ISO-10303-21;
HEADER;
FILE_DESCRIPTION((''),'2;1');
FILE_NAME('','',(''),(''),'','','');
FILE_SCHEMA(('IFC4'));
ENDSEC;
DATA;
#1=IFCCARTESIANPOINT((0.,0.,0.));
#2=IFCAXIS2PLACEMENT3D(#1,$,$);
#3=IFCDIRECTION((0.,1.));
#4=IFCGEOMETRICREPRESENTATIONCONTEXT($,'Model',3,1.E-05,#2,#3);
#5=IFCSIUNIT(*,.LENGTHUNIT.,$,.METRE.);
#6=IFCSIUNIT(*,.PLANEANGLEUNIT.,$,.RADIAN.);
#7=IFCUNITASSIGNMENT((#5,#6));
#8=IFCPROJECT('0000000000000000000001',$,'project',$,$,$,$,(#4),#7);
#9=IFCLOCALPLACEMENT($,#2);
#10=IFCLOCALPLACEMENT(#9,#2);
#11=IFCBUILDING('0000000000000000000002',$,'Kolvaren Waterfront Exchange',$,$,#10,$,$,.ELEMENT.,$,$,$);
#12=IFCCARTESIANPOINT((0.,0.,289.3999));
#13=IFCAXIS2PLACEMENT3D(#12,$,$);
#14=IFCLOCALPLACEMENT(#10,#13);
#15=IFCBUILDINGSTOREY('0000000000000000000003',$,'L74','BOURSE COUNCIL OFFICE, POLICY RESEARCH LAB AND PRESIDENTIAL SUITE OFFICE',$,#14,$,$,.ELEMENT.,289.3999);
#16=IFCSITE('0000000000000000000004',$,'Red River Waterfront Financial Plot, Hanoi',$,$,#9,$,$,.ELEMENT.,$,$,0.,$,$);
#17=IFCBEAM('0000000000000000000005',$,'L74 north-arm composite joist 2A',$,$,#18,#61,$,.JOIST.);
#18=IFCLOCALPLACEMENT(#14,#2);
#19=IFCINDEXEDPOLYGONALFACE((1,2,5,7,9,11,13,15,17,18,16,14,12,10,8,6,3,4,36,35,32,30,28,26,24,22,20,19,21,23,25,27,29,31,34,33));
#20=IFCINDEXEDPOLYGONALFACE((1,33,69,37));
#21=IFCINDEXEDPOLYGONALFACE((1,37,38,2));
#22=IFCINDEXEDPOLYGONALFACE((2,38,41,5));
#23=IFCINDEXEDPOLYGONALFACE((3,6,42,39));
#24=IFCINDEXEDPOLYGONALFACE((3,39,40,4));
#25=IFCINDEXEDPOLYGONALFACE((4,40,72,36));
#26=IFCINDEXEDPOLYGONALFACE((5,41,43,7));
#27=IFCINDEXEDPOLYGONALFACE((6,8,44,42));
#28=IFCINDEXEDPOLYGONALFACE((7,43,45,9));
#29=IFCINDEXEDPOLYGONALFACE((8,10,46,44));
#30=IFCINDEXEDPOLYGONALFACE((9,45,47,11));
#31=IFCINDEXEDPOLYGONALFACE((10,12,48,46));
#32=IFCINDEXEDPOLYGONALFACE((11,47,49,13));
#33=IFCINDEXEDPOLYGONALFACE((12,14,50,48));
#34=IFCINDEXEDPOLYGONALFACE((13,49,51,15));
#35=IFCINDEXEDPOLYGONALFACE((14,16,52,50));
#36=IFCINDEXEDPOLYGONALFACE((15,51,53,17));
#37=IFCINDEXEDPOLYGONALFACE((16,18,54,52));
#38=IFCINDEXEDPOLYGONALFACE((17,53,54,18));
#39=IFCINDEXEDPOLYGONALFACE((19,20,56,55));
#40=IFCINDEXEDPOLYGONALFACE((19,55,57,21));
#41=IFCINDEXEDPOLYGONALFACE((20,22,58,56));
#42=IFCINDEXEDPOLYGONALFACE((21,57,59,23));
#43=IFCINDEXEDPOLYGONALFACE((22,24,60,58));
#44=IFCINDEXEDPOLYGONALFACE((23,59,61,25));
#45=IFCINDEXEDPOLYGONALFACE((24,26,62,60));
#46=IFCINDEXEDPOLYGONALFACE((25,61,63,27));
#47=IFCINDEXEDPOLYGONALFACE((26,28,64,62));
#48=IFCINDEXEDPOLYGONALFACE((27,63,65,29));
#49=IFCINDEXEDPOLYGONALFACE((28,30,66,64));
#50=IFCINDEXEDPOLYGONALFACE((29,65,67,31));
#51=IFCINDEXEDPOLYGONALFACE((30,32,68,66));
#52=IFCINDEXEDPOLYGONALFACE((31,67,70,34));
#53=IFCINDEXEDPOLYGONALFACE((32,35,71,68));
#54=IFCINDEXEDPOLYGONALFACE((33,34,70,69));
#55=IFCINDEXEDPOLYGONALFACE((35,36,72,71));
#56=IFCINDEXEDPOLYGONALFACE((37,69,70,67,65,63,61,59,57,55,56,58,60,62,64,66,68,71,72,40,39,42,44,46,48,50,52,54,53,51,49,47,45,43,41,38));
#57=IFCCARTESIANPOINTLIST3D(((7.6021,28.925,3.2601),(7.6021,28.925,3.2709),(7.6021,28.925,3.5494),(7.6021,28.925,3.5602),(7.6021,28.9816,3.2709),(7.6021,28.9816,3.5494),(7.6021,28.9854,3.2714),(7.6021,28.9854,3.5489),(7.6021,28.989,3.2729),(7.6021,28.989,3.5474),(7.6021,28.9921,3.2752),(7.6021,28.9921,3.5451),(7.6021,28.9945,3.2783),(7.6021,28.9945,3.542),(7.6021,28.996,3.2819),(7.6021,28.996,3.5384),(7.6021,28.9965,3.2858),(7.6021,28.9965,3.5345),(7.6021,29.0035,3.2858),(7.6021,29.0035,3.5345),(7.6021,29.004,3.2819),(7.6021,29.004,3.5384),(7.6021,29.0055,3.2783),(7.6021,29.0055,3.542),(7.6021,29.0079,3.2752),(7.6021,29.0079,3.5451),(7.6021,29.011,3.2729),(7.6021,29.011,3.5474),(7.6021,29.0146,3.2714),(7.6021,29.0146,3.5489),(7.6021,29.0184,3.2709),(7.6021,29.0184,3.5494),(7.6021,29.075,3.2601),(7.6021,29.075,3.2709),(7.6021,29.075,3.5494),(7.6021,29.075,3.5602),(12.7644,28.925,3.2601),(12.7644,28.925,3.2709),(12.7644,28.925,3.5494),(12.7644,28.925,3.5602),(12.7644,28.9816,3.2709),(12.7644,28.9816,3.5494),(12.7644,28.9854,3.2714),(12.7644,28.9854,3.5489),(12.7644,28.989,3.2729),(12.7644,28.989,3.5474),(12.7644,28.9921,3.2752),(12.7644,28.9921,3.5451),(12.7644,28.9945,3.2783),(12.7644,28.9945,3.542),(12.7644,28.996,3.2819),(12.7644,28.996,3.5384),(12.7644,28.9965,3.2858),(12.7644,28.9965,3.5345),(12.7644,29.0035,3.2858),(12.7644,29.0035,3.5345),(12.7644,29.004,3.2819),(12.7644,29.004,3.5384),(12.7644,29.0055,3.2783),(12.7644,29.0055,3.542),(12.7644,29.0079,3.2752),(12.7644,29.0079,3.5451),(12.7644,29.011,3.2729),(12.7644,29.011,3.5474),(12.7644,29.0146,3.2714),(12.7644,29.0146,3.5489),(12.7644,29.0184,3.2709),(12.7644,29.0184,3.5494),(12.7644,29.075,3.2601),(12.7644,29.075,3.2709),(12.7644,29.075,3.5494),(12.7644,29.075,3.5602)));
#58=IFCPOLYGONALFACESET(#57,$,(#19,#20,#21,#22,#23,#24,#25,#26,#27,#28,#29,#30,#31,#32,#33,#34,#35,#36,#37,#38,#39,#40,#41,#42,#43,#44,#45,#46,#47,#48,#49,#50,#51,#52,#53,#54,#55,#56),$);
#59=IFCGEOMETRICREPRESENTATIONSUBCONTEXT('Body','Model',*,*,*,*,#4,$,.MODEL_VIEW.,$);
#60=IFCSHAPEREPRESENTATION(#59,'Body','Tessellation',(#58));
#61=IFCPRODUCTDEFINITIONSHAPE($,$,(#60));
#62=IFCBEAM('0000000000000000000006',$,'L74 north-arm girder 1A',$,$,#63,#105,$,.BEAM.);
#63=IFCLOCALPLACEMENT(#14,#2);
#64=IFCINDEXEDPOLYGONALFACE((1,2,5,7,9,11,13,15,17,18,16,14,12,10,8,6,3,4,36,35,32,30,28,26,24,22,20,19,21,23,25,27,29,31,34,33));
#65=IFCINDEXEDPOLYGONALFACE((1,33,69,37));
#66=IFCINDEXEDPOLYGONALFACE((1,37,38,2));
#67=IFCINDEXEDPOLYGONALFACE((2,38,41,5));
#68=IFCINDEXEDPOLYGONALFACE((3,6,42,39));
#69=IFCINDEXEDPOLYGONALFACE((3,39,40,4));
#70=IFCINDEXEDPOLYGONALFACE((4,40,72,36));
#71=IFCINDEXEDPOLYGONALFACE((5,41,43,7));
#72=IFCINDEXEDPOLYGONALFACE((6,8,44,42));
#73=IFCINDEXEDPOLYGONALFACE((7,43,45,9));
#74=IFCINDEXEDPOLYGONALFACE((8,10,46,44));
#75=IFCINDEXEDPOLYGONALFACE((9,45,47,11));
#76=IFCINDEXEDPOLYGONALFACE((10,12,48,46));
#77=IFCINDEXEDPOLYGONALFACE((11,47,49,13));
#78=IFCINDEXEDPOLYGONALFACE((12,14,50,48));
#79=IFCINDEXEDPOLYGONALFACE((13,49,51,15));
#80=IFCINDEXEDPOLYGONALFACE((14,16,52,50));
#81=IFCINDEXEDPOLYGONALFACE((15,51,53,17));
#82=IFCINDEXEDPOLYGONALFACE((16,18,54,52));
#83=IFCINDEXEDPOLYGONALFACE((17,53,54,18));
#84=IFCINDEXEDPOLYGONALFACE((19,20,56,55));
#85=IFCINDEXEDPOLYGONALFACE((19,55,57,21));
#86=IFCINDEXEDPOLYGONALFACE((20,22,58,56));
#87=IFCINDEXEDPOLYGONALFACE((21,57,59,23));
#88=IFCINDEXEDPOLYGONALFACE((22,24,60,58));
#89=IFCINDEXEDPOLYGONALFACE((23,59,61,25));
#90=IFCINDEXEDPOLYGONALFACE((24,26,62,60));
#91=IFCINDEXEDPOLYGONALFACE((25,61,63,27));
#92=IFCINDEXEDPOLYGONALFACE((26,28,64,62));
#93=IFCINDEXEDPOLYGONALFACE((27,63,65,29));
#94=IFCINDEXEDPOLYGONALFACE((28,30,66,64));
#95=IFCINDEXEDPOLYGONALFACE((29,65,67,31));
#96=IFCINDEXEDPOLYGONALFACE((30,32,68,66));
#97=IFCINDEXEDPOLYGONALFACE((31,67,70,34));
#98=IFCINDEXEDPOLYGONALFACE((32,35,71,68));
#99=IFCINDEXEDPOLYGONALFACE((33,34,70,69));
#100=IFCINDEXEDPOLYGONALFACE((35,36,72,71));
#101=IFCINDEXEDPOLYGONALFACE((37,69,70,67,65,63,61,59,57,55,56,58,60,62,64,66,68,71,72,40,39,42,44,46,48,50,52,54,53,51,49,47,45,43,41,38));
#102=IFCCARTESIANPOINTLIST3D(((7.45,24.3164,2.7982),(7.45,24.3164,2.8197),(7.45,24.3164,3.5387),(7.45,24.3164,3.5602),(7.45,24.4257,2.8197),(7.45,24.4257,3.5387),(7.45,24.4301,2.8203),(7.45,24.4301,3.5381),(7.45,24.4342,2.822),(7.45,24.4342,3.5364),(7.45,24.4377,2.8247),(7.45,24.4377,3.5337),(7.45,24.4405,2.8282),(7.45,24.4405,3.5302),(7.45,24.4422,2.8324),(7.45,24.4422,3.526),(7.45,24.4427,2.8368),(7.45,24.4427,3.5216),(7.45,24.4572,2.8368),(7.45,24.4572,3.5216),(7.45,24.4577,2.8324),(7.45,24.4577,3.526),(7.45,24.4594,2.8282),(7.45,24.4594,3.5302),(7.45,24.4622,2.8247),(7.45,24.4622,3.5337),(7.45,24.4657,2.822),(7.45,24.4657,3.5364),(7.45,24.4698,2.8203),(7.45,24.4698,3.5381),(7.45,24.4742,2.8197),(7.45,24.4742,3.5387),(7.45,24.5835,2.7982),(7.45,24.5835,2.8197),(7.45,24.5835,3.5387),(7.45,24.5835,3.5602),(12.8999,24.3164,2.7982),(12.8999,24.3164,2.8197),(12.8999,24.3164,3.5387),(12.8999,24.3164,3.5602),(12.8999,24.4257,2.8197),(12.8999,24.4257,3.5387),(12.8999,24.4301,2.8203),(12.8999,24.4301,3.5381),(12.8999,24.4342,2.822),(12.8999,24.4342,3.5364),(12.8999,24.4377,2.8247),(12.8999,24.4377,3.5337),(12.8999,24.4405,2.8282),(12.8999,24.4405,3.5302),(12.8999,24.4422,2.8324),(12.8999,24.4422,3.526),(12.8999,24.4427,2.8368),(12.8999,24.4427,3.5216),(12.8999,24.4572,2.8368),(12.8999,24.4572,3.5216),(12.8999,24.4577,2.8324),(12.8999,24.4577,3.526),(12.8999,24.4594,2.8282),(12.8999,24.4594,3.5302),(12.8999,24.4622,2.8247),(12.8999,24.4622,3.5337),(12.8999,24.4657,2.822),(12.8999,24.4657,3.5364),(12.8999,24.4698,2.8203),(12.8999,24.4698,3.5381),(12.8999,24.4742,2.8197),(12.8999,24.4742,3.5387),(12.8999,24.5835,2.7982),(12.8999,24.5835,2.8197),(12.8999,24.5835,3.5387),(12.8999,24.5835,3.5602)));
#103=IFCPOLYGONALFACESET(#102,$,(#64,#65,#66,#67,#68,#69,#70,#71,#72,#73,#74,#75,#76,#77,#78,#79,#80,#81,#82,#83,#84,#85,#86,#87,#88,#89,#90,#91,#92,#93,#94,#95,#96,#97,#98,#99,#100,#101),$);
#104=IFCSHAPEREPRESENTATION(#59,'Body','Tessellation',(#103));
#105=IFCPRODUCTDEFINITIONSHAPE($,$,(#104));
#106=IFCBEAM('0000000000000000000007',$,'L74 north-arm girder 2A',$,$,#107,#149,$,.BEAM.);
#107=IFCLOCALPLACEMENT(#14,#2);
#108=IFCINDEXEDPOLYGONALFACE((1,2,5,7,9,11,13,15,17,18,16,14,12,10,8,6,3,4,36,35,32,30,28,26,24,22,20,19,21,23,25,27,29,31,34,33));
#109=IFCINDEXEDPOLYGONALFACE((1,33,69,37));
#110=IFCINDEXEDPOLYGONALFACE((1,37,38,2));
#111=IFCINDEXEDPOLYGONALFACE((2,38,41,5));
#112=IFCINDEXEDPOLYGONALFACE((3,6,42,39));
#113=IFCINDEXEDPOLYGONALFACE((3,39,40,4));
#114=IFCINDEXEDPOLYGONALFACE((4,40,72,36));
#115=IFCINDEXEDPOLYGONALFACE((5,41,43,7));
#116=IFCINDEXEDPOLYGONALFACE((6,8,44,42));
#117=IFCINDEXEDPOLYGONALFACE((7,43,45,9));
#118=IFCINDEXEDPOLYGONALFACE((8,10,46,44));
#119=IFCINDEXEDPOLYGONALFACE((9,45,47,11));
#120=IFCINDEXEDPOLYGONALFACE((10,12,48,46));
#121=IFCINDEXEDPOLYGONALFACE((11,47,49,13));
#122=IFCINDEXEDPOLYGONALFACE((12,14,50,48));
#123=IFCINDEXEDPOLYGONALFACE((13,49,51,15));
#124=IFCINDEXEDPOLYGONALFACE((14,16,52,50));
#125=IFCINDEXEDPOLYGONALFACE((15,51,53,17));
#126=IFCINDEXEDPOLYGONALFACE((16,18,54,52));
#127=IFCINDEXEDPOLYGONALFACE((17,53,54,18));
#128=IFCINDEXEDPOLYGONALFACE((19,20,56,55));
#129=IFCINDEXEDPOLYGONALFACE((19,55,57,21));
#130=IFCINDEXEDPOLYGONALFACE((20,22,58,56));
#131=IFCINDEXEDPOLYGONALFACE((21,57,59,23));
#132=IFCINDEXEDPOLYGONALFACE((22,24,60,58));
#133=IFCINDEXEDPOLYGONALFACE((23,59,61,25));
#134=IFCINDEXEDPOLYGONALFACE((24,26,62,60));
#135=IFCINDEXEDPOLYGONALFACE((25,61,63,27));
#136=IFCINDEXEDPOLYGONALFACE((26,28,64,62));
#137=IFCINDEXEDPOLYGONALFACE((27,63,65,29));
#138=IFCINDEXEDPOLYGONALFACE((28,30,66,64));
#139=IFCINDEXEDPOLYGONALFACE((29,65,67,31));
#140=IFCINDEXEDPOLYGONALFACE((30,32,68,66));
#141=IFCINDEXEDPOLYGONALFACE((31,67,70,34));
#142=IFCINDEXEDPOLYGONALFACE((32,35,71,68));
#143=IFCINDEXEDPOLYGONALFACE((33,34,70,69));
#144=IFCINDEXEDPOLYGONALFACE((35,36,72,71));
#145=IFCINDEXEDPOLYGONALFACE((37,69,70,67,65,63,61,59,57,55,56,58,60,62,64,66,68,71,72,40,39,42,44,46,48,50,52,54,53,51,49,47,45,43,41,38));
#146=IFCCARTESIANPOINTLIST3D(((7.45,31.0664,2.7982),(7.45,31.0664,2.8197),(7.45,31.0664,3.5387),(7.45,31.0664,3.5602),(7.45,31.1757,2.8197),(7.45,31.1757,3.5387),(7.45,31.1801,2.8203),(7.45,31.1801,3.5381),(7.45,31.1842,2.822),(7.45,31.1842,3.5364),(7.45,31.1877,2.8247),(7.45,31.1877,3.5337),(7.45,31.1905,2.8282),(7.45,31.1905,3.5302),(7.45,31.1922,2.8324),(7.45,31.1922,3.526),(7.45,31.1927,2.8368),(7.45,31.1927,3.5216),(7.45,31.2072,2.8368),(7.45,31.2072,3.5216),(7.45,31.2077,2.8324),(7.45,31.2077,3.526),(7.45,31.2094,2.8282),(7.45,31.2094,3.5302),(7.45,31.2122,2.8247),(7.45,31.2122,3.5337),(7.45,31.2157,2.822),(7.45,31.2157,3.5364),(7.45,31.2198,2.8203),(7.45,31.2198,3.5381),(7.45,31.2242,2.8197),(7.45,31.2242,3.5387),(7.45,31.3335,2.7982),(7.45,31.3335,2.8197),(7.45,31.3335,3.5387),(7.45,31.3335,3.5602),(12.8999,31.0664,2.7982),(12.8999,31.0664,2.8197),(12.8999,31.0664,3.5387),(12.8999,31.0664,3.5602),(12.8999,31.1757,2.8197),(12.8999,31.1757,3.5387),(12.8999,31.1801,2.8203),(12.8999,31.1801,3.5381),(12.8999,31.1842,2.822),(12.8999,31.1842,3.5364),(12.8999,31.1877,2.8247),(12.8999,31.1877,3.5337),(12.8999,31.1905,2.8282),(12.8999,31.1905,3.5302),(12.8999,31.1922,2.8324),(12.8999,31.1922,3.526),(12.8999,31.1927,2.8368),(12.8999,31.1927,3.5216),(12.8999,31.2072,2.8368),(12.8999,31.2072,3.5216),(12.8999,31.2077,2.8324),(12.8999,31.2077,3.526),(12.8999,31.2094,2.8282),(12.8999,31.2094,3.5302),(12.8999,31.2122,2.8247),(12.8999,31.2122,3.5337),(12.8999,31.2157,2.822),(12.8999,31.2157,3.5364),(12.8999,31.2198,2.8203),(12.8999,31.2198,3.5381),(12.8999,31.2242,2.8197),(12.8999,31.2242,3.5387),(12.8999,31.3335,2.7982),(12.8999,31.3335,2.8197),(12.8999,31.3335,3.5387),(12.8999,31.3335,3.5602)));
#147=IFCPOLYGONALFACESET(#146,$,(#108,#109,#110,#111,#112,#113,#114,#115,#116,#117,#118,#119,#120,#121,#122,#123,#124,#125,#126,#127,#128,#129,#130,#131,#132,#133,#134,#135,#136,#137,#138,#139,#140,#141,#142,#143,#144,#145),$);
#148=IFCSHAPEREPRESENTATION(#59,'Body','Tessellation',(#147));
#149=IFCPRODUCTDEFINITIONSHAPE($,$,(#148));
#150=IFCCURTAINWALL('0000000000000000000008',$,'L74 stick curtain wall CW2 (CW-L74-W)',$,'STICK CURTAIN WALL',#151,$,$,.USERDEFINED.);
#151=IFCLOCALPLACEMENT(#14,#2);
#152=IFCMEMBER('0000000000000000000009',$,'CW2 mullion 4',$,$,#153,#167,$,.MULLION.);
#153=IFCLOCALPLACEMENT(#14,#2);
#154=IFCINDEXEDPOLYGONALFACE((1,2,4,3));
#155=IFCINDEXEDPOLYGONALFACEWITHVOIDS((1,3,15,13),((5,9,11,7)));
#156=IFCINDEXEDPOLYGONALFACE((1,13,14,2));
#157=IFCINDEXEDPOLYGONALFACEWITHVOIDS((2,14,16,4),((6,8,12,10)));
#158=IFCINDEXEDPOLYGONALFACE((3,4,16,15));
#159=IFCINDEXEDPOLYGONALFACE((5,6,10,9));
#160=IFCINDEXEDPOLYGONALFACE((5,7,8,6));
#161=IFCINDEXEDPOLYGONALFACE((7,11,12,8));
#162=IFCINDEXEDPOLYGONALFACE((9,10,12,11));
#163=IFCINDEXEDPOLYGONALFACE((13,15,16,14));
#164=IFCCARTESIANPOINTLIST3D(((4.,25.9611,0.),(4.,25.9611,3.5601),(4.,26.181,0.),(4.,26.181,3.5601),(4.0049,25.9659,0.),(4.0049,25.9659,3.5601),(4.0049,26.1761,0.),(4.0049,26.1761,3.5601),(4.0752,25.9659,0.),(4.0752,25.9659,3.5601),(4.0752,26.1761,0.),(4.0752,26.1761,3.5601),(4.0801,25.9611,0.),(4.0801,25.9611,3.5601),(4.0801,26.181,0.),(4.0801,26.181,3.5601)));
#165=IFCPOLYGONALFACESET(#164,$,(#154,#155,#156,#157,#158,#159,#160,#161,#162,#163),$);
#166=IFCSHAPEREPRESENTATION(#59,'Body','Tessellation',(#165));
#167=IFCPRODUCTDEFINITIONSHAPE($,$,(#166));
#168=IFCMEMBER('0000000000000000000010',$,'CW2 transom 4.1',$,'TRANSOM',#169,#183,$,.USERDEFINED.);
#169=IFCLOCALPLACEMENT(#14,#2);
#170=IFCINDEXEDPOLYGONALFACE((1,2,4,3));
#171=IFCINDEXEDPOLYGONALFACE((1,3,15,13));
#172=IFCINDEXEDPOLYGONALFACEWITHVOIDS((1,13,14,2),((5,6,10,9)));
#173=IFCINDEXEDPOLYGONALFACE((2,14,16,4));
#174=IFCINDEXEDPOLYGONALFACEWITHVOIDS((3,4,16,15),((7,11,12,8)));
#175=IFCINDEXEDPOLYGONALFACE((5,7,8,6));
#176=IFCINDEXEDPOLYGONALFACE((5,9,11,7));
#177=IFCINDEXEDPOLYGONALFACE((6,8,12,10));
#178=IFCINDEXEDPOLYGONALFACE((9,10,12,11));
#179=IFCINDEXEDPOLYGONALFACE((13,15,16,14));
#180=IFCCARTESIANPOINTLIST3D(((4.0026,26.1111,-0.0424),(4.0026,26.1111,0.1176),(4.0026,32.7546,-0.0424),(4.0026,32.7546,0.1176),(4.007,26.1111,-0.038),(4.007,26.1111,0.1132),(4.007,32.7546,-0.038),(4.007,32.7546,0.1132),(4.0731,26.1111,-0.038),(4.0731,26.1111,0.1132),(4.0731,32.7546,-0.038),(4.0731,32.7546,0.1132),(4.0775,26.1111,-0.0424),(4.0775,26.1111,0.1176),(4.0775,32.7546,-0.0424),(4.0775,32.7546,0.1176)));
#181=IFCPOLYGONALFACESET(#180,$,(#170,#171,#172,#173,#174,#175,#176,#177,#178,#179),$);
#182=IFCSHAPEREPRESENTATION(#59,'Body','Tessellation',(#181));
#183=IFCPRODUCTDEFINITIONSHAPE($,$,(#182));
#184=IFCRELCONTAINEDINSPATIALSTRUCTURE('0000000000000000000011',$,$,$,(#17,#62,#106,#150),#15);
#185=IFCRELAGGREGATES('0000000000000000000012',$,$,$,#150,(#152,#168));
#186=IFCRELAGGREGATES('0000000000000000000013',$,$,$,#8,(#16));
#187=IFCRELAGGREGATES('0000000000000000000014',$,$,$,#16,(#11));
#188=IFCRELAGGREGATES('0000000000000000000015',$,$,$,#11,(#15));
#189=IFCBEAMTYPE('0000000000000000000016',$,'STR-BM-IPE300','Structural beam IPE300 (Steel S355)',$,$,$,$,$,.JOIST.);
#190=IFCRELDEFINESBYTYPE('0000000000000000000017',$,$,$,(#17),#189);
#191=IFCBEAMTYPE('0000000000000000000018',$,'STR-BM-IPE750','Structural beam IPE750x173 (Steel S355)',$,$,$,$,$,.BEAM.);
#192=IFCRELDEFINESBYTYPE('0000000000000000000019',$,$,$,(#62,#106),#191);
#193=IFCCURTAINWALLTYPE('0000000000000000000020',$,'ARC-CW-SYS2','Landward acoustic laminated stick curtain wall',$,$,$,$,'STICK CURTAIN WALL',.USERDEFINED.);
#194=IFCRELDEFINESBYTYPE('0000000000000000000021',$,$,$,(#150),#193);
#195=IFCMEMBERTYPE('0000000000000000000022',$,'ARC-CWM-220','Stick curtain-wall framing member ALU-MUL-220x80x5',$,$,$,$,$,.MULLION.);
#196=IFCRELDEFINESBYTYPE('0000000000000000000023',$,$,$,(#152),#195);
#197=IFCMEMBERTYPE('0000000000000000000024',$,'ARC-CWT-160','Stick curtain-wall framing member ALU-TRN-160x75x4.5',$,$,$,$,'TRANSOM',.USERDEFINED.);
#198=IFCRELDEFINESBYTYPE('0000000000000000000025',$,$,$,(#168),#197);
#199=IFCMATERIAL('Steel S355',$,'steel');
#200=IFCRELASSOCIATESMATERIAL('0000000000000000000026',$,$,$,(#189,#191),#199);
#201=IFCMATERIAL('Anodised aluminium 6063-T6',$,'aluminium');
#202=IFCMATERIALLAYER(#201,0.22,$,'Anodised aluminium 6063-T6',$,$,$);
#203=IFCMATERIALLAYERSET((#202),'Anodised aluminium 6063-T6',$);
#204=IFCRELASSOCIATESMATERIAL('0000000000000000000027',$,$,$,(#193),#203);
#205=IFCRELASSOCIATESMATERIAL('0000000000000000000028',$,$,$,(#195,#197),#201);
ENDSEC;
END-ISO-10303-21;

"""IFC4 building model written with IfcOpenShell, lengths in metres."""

from ifc_helpers import new_model, si_unit, direction, frame, origin, origin_with_axes, origin_2d, place, context, subcontext, project, spatial, hollow_rectangle, i_section, extrude, source, transform, mapped, material, layer, layer_set, material_profile, profile_set, type_object, element, aggregate, save


model = new_model("IFC4")

# Units and contexts
model_context = context("Model", 3, precision=1e-05, world=origin(), true_north=direction((0.0, 1.0)))
body_context = subcontext(model_context, "Body", "Model", "MODEL_VIEW")
ifc_project = project(units=[si_unit("LENGTHUNIT", "METRE"), si_unit("PLANEANGLEUNIT", "RADIAN")], contexts=[model_context])

# Site, building, storey
site_placement = place(None, origin())
site = spatial("IfcSite", under=ifc_project, at=site_placement, Name="Red River Waterfront Financial Plot, Hanoi", CompositionType="ELEMENT", RefElevation=0.0)
building_placement = place(site_placement, origin())
building = spatial("IfcBuilding", under=site, at=building_placement, Name="Kolvaren Waterfront Exchange", CompositionType="ELEMENT")
storey_placement = place(building_placement, frame((0.0, 0.0, 289.3999)))
storey = spatial("IfcBuildingStorey", under=building, at=storey_placement, Name="L74", Description="BOURSE COUNCIL OFFICE, POLICY RESEARCH LAB AND PRESIDENTIAL SUITE OFFICE", CompositionType="ELEMENT", Elevation=289.3999)

# Beams
ifc_material_1 = material(Name="Steel S355", Category="steel")
ifc_material_profile_1 = material_profile(ifc_material_1, i_section(OverallWidth=0.1499, OverallDepth=0.3, WebThickness=0.0071, FlangeThickness=0.0107, FilletRadius=0.0149, at=origin_2d()), Name="IPE300")
ifc_profile_set_1 = profile_set([ifc_material_profile_1], Name="Steel S355")
beam_type_1 = type_object("IfcBeamType", Name="STR-BM-IPE300", Description="Structural beam IPE300 (Steel S355)", PredefinedType="JOIST", material=ifc_profile_set_1)
for number, where, z_axis, x_axis, name in (
    (1, (7.6021, 29.0, 3.4102), (1.0, 0.0, 0.0), (0.0, 1.0, 0.0), "L74 north-arm composite joist 2A"),
):
    element("IfcBeam", number, at=place(storey_placement, frame(where, z_axis=z_axis, x_axis=x_axis)), inside=storey, type_object=beam_type_1, Name=name, PredefinedType="JOIST", context=body_context, shape_type="SweptSolid", body=[
        extrude(i_section(OverallWidth=0.1499, OverallDepth=0.3, WebThickness=0.0071, FlangeThickness=0.0107, FilletRadius=0.0149, at=origin_2d()), origin(), (0.0, 0.0, 1.0), 5.1624),
    ])
ifc_material_profile_2 = material_profile(ifc_material_1, i_section(OverallWidth=0.2671, OverallDepth=0.762, WebThickness=0.0144, FlangeThickness=0.0215, FilletRadius=0.0171, at=origin_2d()), Name="IPE750x173")
ifc_profile_set_2 = profile_set([ifc_material_profile_2], Name="Steel S355")
beam_type_2 = type_object("IfcBeamType", Name="STR-BM-IPE750", Description="Structural beam IPE750x173 (Steel S355)", PredefinedType="BEAM", material=ifc_profile_set_2)
for number, where, z_axis, x_axis, name in (
    (2, (7.45, 24.45, 3.1792), (1.0, 0.0, 0.0), (0.0, 1.0, 0.0), "L74 north-arm girder 1A"),
    (3, (7.45, 31.2, 3.1792), (1.0, 0.0, 0.0), (0.0, 1.0, 0.0), "L74 north-arm girder 2A"),
):
    element("IfcBeam", number, at=place(storey_placement, frame(where, z_axis=z_axis, x_axis=x_axis)), inside=storey, type_object=beam_type_2, Name=name, PredefinedType="BEAM", context=body_context, shape_type="SweptSolid", body=[
        extrude(i_section(OverallWidth=0.2671, OverallDepth=0.762, WebThickness=0.0144, FlangeThickness=0.0215, FilletRadius=0.0171, at=origin_2d()), origin(), (0.0, 0.0, 1.0), 5.45),
    ])

# Curtain wall, members
ifc_material_2 = material(Name="Anodised aluminium 6063-T6", Category="aluminium")
ifc_layer_1 = layer(ifc_material_2, 0.22, Name="Anodised aluminium 6063-T6")
ifc_layer_set_1 = layer_set([ifc_layer_1], Name="Anodised aluminium 6063-T6")
curtain_wall_type = type_object("IfcCurtainWallType", Name="ARC-CW-SYS2", Description="Landward acoustic laminated stick curtain wall", ElementType="STICK CURTAIN WALL", PredefinedType="USERDEFINED", material=ifc_layer_set_1)
curtain_wall_placement = place(storey_placement, origin())
curtain_wall = element("IfcCurtainWall", 4, at=curtain_wall_placement, inside=storey, type_object=curtain_wall_type, Name="L74 stick curtain wall CW2 (CW-L74-W)", ObjectType="STICK CURTAIN WALL", PredefinedType="USERDEFINED")
ifc_material_profile_3 = material_profile(ifc_material_2, hollow_rectangle(XDim=0.0801, YDim=0.22, WallThickness=0.0049, at=origin_2d()), Name="ALU-MUL-220x80x5")
ifc_profile_set_3 = profile_set([ifc_material_profile_3], Name="Anodised aluminium 6063-T6")
member_type_1 = type_object("IfcMemberType", Name="ARC-CWM-220", Description="Stick curtain-wall framing member ALU-MUL-220x80x5", PredefinedType="MULLION", material=ifc_profile_set_3)
shared_shape_1 = source(origin_with_axes(), body_context, "Body", "SweptSolid", [
    extrude(hollow_rectangle(XDim=0.0801, YDim=0.22, WallThickness=0.0049, at=origin_2d()), origin(), (0.0, 0.0, 1.0), 3.5601),
])
member_1_placement = place(storey_placement, frame((4.04, 26.071, 0.0), z_axis=(0.0, 0.0, 1.0), x_axis=(-1.0, 0.0, 0.0)))
member_1 = element("IfcMember", 5, at=member_1_placement, type_object=member_type_1, Name="CW2 mullion 4", PredefinedType="MULLION", context=body_context, shape_type="MappedRepresentation", body=[
    mapped(shared_shape_1, transform((0.0, 0.0, 0.0), x_axis=(1.0, 0.0, 0.0), y_axis=(0.0, 1.0, 0.0), z_axis=(0.0, 0.0, 1.0), scale=1.0)),
])
ifc_material_profile_4 = material_profile(ifc_material_2, hollow_rectangle(XDim=0.075, YDim=0.1599, WallThickness=0.0044, at=origin_2d()), Name="ALU-TRN-160x75x4.5")
ifc_profile_set_4 = profile_set([ifc_material_profile_4], Name="Anodised aluminium 6063-T6")
member_type_2 = type_object("IfcMemberType", Name="ARC-CWT-160", Description="Stick curtain-wall framing member ALU-TRN-160x75x4.5", ElementType="TRANSOM", PredefinedType="USERDEFINED", material=ifc_profile_set_4)
shared_shape_2 = source(origin_with_axes(), body_context, "Body", "SweptSolid", [
    extrude(hollow_rectangle(XDim=0.075, YDim=0.1599, WallThickness=0.0044, at=origin_2d()), origin(), (0.0, 0.0, 1.0), 6.6436),
])
member_2_placement = place(storey_placement, frame((4.04, 26.1111, 0.0376), z_axis=(0.0, 1.0, 0.0), x_axis=(-1.0, 0.0, 0.0)))
member_2 = element("IfcMember", 6, at=member_2_placement, type_object=member_type_2, Name="CW2 transom 4.1", ObjectType="TRANSOM", PredefinedType="USERDEFINED", context=body_context, shape_type="MappedRepresentation", body=[
    mapped(shared_shape_2, transform((0.0, 0.0, 0.0), x_axis=(1.0, 0.0, 0.0), y_axis=(0.0, 1.0, 0.0), z_axis=(0.0, 0.0, 1.0), scale=1.0)),
])
aggregate(curtain_wall, [member_1, member_2])

save(model, "model.ifc")
